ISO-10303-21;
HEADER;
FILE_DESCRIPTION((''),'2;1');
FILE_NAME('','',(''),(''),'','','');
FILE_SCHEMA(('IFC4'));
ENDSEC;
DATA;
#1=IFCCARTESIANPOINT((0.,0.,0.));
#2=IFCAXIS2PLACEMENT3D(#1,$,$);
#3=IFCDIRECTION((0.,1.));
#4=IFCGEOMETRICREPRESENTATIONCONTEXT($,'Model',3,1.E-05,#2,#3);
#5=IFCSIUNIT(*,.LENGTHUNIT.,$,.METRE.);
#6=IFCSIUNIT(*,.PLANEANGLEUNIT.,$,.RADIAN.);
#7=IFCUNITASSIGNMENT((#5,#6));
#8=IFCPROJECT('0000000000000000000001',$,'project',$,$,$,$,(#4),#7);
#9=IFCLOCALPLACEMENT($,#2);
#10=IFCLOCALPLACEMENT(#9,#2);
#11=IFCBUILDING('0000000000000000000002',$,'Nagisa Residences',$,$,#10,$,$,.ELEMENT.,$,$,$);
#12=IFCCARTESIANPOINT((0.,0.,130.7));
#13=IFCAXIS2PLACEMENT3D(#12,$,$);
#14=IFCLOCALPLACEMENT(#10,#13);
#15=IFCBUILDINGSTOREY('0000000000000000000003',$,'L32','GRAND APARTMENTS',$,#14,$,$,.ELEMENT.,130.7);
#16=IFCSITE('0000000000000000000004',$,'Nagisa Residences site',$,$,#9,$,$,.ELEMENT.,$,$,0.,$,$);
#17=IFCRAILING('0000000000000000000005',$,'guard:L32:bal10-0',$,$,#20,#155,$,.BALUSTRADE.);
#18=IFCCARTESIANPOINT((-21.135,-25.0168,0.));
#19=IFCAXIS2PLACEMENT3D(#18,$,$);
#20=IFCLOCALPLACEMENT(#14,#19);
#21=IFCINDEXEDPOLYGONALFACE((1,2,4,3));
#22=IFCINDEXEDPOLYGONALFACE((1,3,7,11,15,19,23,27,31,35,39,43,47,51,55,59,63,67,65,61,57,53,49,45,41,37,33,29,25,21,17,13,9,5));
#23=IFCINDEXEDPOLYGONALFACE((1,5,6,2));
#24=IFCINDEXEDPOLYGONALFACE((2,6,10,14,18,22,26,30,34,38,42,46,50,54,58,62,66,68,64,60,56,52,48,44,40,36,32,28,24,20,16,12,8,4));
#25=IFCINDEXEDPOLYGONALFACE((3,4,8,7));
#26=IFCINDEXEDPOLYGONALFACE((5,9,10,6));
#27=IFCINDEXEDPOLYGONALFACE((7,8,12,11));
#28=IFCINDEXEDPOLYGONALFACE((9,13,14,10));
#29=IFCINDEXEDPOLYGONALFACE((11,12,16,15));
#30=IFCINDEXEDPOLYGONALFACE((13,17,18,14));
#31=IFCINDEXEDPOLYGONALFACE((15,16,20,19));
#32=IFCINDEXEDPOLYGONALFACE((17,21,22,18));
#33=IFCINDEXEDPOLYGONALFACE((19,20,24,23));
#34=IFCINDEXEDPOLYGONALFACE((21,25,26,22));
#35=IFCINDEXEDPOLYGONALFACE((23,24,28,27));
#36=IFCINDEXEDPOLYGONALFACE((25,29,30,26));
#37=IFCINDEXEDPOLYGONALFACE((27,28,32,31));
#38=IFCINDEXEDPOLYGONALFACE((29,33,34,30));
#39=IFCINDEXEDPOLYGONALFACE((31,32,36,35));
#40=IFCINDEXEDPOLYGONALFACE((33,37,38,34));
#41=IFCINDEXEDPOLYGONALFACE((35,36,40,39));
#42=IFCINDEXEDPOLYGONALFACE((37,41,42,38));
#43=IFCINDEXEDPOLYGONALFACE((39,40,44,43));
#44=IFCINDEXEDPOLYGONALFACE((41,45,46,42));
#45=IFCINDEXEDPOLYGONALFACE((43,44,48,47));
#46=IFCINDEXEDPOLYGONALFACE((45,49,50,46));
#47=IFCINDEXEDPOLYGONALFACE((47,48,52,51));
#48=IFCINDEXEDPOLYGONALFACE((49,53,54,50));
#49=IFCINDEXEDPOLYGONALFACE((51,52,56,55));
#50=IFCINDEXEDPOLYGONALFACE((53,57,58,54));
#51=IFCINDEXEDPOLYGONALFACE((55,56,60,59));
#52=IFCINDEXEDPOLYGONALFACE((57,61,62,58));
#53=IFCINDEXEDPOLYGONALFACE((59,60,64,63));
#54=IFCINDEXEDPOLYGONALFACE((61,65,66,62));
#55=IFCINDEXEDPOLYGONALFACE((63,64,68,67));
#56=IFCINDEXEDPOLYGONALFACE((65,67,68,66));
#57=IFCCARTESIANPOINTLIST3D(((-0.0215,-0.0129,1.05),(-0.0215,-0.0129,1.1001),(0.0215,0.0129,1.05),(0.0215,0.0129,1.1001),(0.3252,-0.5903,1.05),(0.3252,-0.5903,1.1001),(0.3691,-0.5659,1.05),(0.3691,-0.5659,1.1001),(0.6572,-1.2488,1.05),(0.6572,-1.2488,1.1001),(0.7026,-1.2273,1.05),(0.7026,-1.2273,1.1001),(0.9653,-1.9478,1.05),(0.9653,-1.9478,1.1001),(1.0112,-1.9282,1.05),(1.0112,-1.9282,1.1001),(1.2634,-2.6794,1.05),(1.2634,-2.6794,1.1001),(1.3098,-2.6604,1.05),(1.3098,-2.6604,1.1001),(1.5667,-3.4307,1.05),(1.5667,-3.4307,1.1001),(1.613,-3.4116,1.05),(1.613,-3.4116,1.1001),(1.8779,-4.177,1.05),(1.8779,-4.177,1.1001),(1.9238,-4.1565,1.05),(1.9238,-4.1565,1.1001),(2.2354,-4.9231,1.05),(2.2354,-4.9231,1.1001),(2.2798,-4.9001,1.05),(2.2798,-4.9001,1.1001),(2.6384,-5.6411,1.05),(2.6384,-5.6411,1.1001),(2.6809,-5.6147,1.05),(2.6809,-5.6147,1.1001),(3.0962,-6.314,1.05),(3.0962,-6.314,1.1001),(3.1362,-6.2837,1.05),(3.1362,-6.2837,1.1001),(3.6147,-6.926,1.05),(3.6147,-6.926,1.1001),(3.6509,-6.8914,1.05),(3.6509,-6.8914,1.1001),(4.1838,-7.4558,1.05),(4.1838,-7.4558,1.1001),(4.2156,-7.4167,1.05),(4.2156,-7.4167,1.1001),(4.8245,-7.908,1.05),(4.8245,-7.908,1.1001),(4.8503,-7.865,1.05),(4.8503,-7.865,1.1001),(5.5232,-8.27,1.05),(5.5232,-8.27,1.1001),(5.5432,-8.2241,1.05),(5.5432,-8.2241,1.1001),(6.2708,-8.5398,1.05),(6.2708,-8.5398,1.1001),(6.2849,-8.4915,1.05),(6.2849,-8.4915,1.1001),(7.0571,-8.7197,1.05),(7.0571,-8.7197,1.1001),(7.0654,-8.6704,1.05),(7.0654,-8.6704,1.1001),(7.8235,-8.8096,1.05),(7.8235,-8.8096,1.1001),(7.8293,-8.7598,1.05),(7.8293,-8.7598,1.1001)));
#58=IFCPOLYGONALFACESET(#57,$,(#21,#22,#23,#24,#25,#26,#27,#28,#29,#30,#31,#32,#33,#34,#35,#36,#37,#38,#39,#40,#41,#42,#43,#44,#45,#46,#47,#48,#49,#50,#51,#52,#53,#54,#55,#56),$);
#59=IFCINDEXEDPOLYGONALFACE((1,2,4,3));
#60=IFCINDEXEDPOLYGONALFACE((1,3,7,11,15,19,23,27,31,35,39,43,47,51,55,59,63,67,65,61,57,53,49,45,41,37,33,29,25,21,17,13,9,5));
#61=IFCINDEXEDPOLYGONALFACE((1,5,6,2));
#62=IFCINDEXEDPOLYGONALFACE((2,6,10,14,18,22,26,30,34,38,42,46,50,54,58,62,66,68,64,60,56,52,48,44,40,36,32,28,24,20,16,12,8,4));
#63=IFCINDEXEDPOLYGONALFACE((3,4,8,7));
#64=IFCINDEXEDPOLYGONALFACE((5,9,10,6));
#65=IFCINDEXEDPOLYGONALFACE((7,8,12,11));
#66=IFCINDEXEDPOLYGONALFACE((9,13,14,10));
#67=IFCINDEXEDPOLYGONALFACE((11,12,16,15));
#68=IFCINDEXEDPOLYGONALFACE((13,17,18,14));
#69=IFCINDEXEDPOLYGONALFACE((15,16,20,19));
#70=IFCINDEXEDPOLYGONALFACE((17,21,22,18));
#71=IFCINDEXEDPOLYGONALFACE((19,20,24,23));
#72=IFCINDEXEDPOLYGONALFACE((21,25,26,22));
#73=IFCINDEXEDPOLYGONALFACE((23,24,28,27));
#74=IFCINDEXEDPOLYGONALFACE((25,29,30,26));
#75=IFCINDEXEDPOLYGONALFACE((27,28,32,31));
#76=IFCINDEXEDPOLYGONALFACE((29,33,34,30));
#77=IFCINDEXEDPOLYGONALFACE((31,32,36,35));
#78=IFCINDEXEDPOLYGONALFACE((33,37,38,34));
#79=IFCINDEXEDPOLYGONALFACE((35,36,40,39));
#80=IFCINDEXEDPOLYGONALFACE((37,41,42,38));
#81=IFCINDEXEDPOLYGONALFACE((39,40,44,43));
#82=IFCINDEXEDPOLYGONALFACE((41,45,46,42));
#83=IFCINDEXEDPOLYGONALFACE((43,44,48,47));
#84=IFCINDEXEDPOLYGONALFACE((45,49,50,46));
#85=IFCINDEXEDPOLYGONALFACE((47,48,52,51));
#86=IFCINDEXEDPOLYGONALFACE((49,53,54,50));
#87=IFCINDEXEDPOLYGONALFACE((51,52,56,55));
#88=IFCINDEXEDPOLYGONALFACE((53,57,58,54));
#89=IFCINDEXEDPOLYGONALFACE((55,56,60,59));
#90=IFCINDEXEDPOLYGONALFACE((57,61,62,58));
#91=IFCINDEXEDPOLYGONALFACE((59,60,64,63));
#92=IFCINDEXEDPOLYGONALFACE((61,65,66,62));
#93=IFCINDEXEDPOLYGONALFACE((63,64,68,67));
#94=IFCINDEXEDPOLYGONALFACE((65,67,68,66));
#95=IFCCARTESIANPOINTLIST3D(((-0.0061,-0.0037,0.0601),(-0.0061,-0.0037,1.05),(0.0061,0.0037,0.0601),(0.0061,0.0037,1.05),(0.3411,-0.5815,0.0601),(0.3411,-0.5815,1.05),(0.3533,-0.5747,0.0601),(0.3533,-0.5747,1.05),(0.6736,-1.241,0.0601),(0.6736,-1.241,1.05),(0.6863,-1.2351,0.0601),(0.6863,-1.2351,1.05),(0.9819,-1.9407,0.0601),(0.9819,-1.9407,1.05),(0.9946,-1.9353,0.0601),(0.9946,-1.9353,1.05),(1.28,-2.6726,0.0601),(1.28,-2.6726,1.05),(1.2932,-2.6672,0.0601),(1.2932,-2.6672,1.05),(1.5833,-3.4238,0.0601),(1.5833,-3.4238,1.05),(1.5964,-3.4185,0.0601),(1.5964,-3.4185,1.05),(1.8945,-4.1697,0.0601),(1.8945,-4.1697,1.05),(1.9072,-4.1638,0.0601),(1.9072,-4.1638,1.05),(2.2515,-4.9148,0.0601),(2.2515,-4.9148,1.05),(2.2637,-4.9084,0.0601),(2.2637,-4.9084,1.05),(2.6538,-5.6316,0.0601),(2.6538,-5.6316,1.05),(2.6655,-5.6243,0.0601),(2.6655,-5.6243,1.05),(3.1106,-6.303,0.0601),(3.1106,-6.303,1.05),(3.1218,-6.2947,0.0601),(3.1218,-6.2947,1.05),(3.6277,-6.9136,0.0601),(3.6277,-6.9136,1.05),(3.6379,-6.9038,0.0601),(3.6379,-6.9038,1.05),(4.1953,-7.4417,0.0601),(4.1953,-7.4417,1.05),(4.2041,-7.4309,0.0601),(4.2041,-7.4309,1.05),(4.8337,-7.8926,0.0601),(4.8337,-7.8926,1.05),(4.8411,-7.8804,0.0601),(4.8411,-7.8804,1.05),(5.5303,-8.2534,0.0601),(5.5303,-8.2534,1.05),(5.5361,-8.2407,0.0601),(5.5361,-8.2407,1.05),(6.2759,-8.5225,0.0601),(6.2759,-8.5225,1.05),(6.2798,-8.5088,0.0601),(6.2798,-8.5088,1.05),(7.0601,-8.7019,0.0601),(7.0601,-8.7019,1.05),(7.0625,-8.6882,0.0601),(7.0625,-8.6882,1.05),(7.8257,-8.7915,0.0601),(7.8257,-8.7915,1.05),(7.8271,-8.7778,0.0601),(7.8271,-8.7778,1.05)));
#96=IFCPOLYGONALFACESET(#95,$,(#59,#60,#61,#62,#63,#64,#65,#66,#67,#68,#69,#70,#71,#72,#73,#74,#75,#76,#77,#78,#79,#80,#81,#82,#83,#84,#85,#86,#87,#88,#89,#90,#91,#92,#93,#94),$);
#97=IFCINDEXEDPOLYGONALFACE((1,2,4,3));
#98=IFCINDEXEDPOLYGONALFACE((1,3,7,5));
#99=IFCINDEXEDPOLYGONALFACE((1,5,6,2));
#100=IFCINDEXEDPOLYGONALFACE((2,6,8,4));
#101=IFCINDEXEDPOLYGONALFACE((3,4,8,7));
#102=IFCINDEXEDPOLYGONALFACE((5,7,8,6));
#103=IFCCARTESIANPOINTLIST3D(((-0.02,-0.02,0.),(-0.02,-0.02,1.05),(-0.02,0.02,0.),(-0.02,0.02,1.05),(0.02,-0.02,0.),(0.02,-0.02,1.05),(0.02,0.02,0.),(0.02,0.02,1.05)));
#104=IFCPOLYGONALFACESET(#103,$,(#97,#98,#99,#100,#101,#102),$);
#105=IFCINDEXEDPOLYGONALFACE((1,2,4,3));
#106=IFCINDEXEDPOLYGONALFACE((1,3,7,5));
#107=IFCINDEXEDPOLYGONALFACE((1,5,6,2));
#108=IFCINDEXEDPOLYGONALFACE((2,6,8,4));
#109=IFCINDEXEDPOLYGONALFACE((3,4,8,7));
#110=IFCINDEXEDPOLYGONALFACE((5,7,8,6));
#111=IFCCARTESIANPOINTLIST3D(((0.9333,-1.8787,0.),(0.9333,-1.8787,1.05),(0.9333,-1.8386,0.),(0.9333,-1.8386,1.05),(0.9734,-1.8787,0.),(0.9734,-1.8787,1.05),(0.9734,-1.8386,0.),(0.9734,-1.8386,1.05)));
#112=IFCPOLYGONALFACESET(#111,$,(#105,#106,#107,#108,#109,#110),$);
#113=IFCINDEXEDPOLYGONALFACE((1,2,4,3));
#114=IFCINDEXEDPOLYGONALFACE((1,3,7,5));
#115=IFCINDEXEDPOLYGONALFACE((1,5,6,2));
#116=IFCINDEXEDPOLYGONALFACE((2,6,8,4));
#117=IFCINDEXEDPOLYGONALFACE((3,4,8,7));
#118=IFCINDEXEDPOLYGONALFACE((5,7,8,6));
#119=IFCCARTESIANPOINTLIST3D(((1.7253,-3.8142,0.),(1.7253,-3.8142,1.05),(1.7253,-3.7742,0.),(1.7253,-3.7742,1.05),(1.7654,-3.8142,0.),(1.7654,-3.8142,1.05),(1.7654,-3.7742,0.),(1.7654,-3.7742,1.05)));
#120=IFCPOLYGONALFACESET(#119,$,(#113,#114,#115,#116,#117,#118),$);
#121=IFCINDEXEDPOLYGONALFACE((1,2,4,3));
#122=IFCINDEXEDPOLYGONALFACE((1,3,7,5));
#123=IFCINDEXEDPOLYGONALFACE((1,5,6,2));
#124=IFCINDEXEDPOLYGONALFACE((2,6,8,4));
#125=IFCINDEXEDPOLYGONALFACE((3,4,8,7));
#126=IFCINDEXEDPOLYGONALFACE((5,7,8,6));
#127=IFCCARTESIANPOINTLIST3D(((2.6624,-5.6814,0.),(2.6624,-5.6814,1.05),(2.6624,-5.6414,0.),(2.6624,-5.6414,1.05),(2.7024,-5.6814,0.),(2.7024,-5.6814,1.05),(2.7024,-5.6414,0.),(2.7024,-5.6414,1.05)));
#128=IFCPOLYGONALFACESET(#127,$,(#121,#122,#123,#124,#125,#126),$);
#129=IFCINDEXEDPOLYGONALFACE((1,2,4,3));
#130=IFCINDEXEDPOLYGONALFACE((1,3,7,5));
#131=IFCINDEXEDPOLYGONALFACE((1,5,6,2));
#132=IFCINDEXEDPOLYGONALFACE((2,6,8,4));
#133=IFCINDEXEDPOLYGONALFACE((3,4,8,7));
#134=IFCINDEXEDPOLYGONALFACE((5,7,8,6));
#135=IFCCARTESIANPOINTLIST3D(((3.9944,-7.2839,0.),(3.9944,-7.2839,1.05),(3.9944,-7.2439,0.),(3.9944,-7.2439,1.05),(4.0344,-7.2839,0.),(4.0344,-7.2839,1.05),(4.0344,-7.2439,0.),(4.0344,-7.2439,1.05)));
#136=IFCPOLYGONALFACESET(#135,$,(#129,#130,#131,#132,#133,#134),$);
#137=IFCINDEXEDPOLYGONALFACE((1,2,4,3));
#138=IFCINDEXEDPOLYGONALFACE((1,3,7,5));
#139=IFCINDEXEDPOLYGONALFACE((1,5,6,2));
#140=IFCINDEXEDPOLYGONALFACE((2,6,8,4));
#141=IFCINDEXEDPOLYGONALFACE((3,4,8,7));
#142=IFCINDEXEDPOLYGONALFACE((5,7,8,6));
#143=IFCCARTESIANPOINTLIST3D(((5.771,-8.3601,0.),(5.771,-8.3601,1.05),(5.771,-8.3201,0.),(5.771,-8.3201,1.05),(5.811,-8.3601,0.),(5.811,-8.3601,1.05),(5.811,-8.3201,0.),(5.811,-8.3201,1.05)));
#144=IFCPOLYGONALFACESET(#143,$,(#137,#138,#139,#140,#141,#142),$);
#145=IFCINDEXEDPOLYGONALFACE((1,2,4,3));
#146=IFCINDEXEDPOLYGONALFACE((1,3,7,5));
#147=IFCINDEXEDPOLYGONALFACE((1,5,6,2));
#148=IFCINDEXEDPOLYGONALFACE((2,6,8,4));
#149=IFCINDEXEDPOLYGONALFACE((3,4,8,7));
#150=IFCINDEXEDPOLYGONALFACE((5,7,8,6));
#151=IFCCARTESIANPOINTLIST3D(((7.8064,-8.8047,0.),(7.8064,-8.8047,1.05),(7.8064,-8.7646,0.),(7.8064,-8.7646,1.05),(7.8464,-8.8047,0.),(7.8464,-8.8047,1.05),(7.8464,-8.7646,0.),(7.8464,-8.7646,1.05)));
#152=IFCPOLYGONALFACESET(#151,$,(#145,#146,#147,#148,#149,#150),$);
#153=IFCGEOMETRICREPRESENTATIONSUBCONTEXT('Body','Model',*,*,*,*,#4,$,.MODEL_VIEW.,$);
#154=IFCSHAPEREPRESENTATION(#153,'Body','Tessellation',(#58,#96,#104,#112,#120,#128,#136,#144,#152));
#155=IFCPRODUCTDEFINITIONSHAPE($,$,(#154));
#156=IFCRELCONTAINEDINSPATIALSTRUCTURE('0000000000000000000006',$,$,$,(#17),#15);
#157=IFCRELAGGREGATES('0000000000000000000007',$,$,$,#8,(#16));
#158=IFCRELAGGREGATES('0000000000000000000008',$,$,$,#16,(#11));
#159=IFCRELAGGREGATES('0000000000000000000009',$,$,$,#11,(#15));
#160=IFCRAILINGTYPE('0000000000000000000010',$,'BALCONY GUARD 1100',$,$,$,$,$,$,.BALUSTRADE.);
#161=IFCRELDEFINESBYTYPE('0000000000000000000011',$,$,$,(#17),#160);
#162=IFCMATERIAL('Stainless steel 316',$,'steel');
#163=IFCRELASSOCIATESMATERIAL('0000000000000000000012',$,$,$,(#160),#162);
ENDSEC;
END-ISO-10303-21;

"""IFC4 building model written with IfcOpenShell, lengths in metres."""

from ifc_helpers import new_model, si_unit, direction, frame, origin, origin_2d, place, context, subcontext, project, spatial, polyline, rectangle, outline, extrude, material, type_object, element, save


model = new_model("IFC4")

# Units and contexts
model_context = context("Model", 3, precision=1e-05, world=origin(), true_north=direction((0.0, 1.0)))
body_context = subcontext(model_context, "Body", "Model", "MODEL_VIEW")
ifc_project = project(units=[si_unit("LENGTHUNIT", "METRE"), si_unit("PLANEANGLEUNIT", "RADIAN")], contexts=[model_context])

# Site, building, storey
site_placement = place(None, origin())
site = spatial("IfcSite", under=ifc_project, at=site_placement, Name="Nagisa Residences site", CompositionType="ELEMENT", RefElevation=0.0)
building_placement = place(site_placement, origin())
building = spatial("IfcBuilding", under=site, at=building_placement, Name="Nagisa Residences", CompositionType="ELEMENT")
storey_placement = place(building_placement, frame((0.0, 0.0, 130.7)))
storey = spatial("IfcBuildingStorey", under=building, at=storey_placement, Name="L32", Description="GRAND APARTMENTS", CompositionType="ELEMENT", Elevation=130.7)

# Railing
ifc_material_1 = material(Name="Stainless steel 316", Category="steel")
railing_type = type_object("IfcRailingType", Name="BALCONY GUARD 1100", PredefinedType="BALUSTRADE", material=ifc_material_1)
railing_1_placement = place(storey_placement, frame((-21.135, -25.0168, 0.0)))
element("IfcRailing", 1, at=railing_1_placement, inside=storey, type_object=railing_type, Name="guard:L32:bal10-0", PredefinedType="BALUSTRADE", context=body_context, shape_type="SweptSolid", body=[
    extrude(outline(polyline([(0.3691, -0.5659), (0.0215, 0.0129), (-0.0215, -0.0129), (0.3252, -0.5903), (0.6572, -1.2488), (0.9653, -1.9478), (1.2634, -2.6794), (1.5667, -3.4307), (1.8779, -4.177), (2.2354, -4.9231), (2.6384, -5.6411), (3.0962, -6.314), (3.6147, -6.926), (4.1838, -7.4558), (4.8245, -7.908), (5.5232, -8.27), (6.2708, -8.5398), (7.0571, -8.7197), (7.8235, -8.8096), (7.8293, -8.7598), (7.0654, -8.6704), (6.2849, -8.4915), (5.5432, -8.2241), (4.8503, -7.865), (4.2156, -7.4167), (3.6509, -6.8914), (3.1362, -6.2837), (2.6809, -5.6147), (2.2798, -4.9001), (1.9238, -4.1565), (1.613, -3.4116), (1.3098, -2.6604), (1.0112, -1.9282), (0.7026, -1.2273), (0.3691, -0.5659)])), frame((0.0, 0.0, 1.05)), (0.0, 0.0, 1.0), 0.05),
    extrude(outline(polyline([(0.3533, -0.5747), (0.0061, 0.0037), (-0.0061, -0.0037), (0.3411, -0.5815), (0.6736, -1.241), (0.9819, -1.9407), (1.28, -2.6726), (1.5833, -3.4238), (1.8945, -4.1697), (2.2515, -4.9148), (2.6538, -5.6316), (3.1106, -6.303), (3.6277, -6.9136), (4.1953, -7.4417), (4.8337, -7.8926), (5.5303, -8.2534), (6.2759, -8.5225), (7.0601, -8.7019), (7.8257, -8.7915), (7.8271, -8.7778), (7.0625, -8.6882), (6.2798, -8.5088), (5.5361, -8.2407), (4.8411, -7.8804), (4.2041, -7.4309), (3.6379, -6.9038), (3.1218, -6.2947), (2.6655, -5.6243), (2.2637, -4.9084), (1.9072, -4.1638), (1.5964, -3.4185), (1.2932, -2.6672), (0.9946, -1.9353), (0.6863, -1.2351), (0.3533, -0.5747)])), frame((0.0, 0.0, 0.0601)), (0.0, 0.0, 1.0), 0.99),
    extrude(rectangle(XDim=0.04, YDim=0.04, at=origin_2d()), origin(), (0.0, 0.0, 1.0), 1.05),
    extrude(rectangle(XDim=0.04, YDim=0.04, at=origin_2d()), frame((0.9534, -1.8586, 0.0)), (0.0, 0.0, 1.0), 1.05),
    extrude(rectangle(XDim=0.04, YDim=0.04, at=origin_2d()), frame((1.7454, -3.7942, 0.0)), (0.0, 0.0, 1.0), 1.05),
    extrude(rectangle(XDim=0.04, YDim=0.04, at=origin_2d()), frame((2.6824, -5.6614, 0.0)), (0.0, 0.0, 1.0), 1.05),
    extrude(rectangle(XDim=0.04, YDim=0.04, at=origin_2d()), frame((4.0144, -7.2639, 0.0)), (0.0, 0.0, 1.0), 1.05),
    extrude(rectangle(XDim=0.04, YDim=0.04, at=origin_2d()), frame((5.791, -8.3401, 0.0)), (0.0, 0.0, 1.0), 1.05),
    extrude(rectangle(XDim=0.04, YDim=0.04, at=origin_2d()), frame((7.8264, -8.7847, 0.0)), (0.0, 0.0, 1.0), 1.05),
])

save(model, "model.ifc")
